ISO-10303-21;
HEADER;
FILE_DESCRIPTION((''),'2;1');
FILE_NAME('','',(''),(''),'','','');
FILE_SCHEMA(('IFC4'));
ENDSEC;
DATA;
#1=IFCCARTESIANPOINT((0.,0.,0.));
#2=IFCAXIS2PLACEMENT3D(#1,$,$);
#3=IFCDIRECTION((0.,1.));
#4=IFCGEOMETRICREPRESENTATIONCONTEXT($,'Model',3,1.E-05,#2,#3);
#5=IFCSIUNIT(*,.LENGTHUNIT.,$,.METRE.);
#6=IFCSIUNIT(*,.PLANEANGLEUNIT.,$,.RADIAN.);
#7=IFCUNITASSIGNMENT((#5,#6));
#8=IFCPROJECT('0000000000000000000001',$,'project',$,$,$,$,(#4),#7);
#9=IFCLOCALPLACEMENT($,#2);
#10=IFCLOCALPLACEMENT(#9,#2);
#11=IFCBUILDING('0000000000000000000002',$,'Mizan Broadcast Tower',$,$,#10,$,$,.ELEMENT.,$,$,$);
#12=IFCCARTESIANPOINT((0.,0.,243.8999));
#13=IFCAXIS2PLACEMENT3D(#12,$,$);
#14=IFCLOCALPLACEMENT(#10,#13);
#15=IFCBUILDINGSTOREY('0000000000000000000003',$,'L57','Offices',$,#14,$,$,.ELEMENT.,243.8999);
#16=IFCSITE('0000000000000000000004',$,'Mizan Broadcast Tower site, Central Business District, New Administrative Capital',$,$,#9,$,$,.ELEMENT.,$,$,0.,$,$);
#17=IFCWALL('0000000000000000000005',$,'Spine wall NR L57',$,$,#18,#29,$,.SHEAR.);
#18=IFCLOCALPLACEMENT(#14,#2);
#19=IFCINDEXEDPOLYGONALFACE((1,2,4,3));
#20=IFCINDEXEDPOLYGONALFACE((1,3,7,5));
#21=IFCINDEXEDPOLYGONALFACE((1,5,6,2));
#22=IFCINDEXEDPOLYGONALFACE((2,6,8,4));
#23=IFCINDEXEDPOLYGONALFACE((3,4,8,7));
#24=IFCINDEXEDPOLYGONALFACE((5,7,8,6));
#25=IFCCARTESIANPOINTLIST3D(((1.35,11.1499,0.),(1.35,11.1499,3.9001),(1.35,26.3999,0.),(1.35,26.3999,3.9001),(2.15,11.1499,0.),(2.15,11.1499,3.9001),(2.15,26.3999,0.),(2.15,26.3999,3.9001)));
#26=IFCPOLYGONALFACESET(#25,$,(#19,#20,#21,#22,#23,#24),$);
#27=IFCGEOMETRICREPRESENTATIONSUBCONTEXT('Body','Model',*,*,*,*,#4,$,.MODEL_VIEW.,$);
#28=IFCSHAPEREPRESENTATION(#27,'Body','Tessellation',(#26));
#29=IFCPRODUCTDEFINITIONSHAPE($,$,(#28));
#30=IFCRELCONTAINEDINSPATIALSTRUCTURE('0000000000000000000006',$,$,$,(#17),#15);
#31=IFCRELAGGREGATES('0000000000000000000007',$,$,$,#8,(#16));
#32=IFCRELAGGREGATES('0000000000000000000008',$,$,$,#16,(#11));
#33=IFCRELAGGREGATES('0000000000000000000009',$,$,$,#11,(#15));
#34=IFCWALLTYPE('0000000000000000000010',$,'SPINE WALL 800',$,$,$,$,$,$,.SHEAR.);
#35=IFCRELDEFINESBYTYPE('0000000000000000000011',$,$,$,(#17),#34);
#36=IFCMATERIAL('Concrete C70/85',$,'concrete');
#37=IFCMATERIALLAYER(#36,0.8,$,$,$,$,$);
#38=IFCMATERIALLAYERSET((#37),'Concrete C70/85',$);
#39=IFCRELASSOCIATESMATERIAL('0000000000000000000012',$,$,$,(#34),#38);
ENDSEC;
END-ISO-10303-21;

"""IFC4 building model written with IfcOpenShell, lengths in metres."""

from ifc_helpers import new_model, si_unit, direction, frame, frame_2d, origin, place, context, subcontext, project, spatial, rectangle, extrude, material, layer, layer_set, type_object, element, save


model = new_model("IFC4")

# Units and contexts
model_context = context("Model", 3, precision=1e-05, world=origin(), true_north=direction((0.0, 1.0)))
body_context = subcontext(model_context, "Body", "Model", "MODEL_VIEW")
ifc_project = project(units=[si_unit("LENGTHUNIT", "METRE"), si_unit("PLANEANGLEUNIT", "RADIAN")], contexts=[model_context])

# Site, building, storey
site_placement = place(None, origin())
site = spatial("IfcSite", under=ifc_project, at=site_placement, Name="Mizan Broadcast Tower site, Central Business District, New Administrative Capital", CompositionType="ELEMENT", RefElevation=0.0)
building_placement = place(site_placement, origin())
building = spatial("IfcBuilding", under=site, at=building_placement, Name="Mizan Broadcast Tower", CompositionType="ELEMENT")
storey_placement = place(building_placement, frame((0.0, 0.0, 243.8999)))
storey = spatial("IfcBuildingStorey", under=building, at=storey_placement, Name="L57", Description="Offices", CompositionType="ELEMENT", Elevation=243.8999)

# Wall
ifc_material_1 = material(Name="Concrete C70/85", Category="concrete")
ifc_layer_1 = layer(ifc_material_1, 0.8)
ifc_layer_set_1 = layer_set([ifc_layer_1], Name="Concrete C70/85")
wall_type_1 = type_object("IfcWallType", Name="SPINE WALL 800", PredefinedType="SHEAR", material=ifc_layer_set_1)
wall_1_placement = place(storey_placement, frame((1.75, 11.1499, 0.0), z_axis=(0.0, 0.0, 1.0), x_axis=(0.0, 1.0, 0.0)))
element("IfcWall", 1, at=wall_1_placement, inside=storey, type_object=wall_type_1, Name="Spine wall NR L57", PredefinedType="SHEAR", context=body_context, shape_type="SweptSolid", body=[
    extrude(rectangle(XDim=15.25, YDim=0.8, at=frame_2d((7.625, 0.0))), origin(), (0.0, 0.0, 1.0), 3.9001),
])

save(model, "model.ifc")
